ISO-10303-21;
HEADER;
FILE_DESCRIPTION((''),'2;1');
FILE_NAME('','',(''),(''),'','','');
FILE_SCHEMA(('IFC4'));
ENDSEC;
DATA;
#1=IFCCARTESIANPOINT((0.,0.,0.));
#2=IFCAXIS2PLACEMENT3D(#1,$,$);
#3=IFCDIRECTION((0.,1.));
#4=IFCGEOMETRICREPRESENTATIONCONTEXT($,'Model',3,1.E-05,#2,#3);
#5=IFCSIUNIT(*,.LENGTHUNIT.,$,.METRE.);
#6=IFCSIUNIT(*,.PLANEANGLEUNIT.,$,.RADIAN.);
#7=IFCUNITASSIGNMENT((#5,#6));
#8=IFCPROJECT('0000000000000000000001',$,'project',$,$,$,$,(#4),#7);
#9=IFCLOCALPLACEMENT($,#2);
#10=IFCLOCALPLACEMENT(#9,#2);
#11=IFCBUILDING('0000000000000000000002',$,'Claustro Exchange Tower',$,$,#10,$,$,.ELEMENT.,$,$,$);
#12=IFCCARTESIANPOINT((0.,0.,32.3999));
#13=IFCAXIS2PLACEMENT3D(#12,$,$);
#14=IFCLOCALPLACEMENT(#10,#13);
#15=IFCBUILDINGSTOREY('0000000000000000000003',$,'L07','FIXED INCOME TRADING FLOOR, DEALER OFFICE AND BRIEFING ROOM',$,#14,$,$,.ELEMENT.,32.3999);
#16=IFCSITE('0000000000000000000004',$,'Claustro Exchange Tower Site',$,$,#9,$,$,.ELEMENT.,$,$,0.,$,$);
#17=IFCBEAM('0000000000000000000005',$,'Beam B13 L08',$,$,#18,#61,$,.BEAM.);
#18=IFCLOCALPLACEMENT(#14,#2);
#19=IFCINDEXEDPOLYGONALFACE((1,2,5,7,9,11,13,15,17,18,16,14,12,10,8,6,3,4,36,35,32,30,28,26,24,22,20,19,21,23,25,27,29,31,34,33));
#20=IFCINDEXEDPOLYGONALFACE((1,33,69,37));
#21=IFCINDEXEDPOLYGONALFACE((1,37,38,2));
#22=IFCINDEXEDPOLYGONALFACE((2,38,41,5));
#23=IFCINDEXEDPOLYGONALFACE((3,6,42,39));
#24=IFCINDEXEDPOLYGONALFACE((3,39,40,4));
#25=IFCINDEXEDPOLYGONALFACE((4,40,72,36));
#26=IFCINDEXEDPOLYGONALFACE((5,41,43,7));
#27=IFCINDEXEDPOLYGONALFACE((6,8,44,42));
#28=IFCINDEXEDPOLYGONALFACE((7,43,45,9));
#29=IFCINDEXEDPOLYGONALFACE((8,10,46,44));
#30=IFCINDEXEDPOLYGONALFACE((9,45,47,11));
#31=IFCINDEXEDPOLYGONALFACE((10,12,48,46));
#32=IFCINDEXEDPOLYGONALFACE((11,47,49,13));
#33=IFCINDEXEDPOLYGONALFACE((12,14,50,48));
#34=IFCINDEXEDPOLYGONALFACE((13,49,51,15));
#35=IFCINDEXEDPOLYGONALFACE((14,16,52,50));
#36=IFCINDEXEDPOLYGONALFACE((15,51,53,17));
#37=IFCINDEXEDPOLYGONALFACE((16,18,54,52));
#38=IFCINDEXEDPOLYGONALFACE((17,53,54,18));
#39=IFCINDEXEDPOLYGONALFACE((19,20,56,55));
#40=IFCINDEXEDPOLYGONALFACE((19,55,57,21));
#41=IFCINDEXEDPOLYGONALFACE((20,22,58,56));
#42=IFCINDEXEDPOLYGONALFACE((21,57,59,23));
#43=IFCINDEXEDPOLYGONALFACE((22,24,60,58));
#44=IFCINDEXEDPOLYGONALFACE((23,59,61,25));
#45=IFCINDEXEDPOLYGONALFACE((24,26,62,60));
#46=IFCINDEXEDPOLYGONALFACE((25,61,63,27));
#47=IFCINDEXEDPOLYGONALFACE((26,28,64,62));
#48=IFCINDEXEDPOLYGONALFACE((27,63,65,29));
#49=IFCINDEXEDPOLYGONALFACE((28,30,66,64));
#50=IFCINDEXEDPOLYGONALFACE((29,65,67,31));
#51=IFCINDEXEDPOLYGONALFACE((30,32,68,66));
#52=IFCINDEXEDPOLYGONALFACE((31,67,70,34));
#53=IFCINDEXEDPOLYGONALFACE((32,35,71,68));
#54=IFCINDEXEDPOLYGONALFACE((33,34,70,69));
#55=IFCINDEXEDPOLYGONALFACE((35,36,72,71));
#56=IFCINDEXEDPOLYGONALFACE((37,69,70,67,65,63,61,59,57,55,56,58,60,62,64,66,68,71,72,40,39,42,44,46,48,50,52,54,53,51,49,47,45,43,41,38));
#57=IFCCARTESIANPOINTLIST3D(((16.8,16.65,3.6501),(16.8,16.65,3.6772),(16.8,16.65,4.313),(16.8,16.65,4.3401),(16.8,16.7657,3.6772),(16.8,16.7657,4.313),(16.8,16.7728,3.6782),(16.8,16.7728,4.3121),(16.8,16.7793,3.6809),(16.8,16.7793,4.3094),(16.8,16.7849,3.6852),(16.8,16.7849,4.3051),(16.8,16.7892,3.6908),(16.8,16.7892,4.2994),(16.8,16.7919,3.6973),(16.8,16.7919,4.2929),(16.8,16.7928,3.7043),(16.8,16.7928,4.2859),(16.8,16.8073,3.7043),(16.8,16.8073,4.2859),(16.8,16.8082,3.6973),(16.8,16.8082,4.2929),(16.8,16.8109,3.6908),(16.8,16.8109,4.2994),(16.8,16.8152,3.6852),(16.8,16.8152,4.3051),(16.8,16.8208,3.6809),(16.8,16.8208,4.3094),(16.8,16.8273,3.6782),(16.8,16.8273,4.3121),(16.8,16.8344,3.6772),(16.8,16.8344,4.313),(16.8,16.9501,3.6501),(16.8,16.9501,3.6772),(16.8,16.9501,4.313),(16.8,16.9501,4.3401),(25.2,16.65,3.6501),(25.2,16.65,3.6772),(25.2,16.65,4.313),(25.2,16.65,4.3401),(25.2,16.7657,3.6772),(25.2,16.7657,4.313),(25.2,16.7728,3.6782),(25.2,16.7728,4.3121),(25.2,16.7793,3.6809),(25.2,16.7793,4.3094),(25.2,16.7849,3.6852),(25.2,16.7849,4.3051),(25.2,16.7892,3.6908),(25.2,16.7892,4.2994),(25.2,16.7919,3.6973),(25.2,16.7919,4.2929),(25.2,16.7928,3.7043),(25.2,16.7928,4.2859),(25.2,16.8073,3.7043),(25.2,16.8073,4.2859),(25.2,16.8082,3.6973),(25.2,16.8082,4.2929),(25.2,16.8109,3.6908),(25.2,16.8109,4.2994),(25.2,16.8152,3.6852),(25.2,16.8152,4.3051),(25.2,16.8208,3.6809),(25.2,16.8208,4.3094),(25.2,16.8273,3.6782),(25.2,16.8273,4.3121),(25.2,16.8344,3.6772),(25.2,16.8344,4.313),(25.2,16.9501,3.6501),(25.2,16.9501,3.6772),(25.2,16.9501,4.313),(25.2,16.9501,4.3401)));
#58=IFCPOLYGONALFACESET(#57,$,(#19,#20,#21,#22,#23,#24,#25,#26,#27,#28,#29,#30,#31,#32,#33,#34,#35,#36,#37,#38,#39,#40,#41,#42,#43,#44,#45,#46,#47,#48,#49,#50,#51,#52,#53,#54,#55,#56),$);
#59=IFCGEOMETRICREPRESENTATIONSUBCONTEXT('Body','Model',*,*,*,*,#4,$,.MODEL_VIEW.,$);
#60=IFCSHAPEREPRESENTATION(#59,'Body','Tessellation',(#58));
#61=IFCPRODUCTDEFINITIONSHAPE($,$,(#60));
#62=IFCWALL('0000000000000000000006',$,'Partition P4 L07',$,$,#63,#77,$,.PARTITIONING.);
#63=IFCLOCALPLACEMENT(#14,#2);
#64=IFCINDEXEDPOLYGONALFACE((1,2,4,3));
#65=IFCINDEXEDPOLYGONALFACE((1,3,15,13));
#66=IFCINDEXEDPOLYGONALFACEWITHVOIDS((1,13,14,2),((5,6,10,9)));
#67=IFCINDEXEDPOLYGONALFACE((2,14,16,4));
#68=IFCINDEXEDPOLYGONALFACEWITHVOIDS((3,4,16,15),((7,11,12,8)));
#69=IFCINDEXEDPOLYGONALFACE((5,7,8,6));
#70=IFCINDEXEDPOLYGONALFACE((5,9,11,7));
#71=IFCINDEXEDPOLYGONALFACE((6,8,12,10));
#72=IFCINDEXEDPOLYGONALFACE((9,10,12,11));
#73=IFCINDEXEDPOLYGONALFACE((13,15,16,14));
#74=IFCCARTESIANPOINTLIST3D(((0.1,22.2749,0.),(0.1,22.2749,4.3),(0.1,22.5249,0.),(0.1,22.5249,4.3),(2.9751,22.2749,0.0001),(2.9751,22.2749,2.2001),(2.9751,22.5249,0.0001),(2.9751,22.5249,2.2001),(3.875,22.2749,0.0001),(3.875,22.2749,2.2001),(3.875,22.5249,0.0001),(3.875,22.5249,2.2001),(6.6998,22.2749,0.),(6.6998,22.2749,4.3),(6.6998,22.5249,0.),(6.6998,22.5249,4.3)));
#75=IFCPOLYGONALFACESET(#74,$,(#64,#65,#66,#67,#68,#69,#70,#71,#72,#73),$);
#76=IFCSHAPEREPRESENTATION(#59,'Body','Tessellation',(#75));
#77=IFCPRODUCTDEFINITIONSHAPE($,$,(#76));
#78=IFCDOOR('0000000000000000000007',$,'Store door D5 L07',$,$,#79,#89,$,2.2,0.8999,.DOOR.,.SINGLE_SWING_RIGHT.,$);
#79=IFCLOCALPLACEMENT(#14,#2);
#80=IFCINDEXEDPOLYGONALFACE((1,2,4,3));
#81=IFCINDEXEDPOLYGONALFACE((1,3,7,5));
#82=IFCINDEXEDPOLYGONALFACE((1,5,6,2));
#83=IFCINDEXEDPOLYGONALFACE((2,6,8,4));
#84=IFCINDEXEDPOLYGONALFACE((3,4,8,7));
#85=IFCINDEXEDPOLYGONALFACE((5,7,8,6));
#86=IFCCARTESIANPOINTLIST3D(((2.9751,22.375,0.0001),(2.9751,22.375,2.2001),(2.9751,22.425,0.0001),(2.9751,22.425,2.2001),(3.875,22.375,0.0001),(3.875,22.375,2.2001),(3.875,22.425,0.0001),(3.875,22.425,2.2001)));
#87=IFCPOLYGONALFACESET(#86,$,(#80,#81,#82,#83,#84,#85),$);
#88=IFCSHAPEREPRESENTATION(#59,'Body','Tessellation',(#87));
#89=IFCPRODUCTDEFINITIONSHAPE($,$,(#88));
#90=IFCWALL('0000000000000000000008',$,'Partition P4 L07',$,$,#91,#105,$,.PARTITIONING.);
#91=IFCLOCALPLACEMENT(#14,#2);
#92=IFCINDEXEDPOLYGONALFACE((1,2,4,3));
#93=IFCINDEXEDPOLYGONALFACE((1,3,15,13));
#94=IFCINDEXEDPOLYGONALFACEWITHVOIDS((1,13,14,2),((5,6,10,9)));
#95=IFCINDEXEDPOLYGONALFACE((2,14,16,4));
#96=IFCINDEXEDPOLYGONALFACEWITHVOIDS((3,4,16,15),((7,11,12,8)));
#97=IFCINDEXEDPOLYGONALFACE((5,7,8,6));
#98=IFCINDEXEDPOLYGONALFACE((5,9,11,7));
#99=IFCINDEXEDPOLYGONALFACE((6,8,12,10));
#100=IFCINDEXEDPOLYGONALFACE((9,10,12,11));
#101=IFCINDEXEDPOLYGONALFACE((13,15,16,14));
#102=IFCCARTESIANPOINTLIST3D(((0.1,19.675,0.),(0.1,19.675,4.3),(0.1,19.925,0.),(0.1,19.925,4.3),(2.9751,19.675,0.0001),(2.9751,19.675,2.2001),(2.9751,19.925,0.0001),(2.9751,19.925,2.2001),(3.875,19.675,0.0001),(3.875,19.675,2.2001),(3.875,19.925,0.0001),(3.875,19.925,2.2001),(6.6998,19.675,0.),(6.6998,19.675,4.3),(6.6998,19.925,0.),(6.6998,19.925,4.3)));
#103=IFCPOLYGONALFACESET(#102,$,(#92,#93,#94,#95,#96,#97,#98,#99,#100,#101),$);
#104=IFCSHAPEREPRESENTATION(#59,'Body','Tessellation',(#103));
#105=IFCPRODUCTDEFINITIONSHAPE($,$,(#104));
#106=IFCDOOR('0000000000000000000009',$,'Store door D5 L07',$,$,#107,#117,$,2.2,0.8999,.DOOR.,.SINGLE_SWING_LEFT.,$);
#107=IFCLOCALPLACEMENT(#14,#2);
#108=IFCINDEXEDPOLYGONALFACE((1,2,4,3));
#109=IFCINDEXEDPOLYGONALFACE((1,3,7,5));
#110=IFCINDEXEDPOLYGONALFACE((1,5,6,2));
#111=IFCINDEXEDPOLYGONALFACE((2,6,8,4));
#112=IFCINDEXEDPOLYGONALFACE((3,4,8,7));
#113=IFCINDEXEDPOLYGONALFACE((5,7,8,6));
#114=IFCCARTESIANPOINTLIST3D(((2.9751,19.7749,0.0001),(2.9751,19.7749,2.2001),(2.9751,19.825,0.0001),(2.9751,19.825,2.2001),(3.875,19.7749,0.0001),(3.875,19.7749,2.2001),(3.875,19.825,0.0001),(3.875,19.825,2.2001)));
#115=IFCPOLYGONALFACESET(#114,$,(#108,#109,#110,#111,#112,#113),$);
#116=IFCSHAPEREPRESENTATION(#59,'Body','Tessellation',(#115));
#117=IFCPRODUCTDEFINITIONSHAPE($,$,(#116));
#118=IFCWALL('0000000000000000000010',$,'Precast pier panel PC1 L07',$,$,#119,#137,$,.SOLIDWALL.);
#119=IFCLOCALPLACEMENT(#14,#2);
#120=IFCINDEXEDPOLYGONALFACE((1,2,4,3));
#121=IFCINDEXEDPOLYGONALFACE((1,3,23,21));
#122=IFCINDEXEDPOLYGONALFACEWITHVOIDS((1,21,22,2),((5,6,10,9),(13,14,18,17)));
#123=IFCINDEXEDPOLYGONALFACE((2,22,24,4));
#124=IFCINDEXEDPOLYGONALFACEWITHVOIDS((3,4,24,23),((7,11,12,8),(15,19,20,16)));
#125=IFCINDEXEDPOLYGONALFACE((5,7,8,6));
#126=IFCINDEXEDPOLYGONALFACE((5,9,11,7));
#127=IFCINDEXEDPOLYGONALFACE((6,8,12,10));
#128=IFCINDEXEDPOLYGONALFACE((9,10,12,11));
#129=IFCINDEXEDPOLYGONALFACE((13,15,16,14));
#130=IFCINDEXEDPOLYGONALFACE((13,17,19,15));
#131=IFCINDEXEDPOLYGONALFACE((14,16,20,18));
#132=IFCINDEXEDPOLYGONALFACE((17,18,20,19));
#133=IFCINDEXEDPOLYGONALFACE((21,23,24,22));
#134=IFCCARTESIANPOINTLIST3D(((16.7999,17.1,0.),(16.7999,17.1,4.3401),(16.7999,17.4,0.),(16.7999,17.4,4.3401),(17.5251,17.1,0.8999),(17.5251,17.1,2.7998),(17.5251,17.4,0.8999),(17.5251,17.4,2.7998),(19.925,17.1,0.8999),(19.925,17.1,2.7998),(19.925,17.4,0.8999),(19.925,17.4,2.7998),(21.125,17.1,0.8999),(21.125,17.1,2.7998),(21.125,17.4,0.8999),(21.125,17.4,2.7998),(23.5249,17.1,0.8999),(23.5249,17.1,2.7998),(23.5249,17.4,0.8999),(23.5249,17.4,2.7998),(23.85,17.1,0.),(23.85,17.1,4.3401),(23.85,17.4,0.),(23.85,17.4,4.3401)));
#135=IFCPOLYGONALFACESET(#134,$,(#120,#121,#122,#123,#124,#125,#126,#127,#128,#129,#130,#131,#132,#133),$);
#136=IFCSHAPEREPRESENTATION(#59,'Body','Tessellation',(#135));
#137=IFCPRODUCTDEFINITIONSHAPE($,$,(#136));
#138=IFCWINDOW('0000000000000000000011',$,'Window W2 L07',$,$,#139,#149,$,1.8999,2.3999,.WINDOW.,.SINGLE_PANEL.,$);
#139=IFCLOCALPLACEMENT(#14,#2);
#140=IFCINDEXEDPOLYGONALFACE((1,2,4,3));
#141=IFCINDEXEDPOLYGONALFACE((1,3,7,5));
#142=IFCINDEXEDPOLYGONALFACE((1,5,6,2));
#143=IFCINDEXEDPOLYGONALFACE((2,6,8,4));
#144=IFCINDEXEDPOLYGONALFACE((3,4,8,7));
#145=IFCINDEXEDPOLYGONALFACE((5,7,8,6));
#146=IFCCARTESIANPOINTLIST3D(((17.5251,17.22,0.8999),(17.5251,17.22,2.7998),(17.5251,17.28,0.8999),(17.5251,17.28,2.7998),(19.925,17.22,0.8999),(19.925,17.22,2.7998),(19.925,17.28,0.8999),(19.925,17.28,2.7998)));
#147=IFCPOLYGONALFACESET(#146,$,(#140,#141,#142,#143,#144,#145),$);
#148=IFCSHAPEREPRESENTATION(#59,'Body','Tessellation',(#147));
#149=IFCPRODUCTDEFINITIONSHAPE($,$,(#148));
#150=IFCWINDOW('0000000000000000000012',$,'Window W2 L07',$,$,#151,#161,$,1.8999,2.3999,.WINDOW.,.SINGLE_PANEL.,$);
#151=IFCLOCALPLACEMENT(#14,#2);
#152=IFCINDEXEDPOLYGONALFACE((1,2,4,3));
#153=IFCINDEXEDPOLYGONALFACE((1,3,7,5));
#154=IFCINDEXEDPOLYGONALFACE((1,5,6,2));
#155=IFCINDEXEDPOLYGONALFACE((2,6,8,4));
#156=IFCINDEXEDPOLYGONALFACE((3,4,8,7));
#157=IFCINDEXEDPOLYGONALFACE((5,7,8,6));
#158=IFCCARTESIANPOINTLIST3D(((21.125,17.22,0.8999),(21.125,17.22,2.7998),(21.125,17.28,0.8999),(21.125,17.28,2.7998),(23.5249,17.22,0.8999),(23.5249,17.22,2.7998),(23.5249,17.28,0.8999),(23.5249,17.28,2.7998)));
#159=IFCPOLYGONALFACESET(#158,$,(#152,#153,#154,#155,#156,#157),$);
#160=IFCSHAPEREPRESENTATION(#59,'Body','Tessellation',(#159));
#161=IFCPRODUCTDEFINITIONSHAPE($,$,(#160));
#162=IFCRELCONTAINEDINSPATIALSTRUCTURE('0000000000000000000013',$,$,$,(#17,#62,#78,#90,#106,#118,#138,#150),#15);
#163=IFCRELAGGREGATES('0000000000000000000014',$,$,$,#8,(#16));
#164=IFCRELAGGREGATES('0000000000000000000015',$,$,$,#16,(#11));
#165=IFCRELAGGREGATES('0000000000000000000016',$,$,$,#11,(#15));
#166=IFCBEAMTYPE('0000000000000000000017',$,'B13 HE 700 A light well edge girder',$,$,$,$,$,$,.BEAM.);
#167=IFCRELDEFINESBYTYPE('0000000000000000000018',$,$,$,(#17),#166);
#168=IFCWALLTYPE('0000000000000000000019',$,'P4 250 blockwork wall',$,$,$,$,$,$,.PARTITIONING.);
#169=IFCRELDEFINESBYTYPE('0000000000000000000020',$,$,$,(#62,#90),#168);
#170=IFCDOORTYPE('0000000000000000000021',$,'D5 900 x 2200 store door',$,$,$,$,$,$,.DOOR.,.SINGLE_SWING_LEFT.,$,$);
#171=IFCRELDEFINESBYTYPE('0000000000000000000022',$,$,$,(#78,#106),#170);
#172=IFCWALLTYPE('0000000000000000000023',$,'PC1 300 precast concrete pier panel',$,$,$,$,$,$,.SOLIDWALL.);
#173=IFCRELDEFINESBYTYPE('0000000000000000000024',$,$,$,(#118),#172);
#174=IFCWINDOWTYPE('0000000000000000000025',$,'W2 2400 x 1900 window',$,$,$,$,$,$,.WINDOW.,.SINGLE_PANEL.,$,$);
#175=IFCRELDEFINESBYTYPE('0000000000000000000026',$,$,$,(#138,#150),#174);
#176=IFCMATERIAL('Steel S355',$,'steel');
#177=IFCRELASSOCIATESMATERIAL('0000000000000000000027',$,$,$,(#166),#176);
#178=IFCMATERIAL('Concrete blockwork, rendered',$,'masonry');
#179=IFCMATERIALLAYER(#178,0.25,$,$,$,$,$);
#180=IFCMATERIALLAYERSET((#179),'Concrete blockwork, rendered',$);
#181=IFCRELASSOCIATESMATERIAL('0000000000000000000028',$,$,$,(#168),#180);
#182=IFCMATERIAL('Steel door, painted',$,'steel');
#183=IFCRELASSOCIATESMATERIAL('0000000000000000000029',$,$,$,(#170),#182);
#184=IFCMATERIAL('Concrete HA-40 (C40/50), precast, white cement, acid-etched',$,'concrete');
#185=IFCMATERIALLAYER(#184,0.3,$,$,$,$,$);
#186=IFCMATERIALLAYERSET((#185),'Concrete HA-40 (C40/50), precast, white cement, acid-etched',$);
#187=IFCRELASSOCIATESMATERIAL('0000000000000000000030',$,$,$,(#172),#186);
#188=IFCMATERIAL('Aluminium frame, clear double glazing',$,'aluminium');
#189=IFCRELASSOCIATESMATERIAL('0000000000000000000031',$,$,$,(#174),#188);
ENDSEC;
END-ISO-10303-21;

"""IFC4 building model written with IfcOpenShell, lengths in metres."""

from ifc_helpers import new_model, si_unit, direction, frame, frame_2d, origin, origin_2d, place, context, subcontext, project, spatial, rectangle, i_section, extrude, material, layer, layer_set, material_profile, profile_set, type_object, element, fill, save


model = new_model("IFC4")

# Units and contexts
model_context = context("Model", 3, precision=1e-05, world=origin(), true_north=direction((0.0, 1.0)))
body_context = subcontext(model_context, "Body", "Model", "MODEL_VIEW")
ifc_project = project(units=[si_unit("LENGTHUNIT", "METRE"), si_unit("PLANEANGLEUNIT", "RADIAN")], contexts=[model_context])

# Site, building, storey
site_placement = place(None, origin())
site = spatial("IfcSite", under=ifc_project, at=site_placement, Name="Claustro Exchange Tower Site", CompositionType="ELEMENT", RefElevation=0.0)
building_placement = place(site_placement, origin())
building = spatial("IfcBuilding", under=site, at=building_placement, Name="Claustro Exchange Tower", CompositionType="ELEMENT")
storey_placement = place(building_placement, frame((0.0, 0.0, 32.3999)))
storey = spatial("IfcBuildingStorey", under=building, at=storey_placement, Name="L07", Description="FIXED INCOME TRADING FLOOR, DEALER OFFICE AND BRIEFING ROOM", CompositionType="ELEMENT", Elevation=32.3999)

# Beam
ifc_material_1 = material(Name="Steel S355", Category="steel")
ifc_material_profile = material_profile(ifc_material_1, i_section(OverallWidth=0.3, OverallDepth=0.6899, WebThickness=0.0144, FlangeThickness=0.0271, FilletRadius=0.0271, at=origin_2d()), Name="HE 700 A")
ifc_profile_set = profile_set([ifc_material_profile], Name="Steel S355")
beam_type = type_object("IfcBeamType", Name="B13 HE 700 A light well edge girder", PredefinedType="BEAM", material=ifc_profile_set)
beam_placement = place(storey_placement, frame((16.8, 16.8, 3.9951), z_axis=(1.0, 0.0, 0.0), x_axis=(0.0, 1.0, 0.0)))
element("IfcBeam", 1, at=beam_placement, inside=storey, type_object=beam_type, Name="Beam B13 L08", PredefinedType="BEAM", context=body_context, shape_type="SweptSolid", body=[
    extrude(i_section(OverallWidth=0.3, OverallDepth=0.6899, WebThickness=0.0144, FlangeThickness=0.0271, FilletRadius=0.0271, at=origin_2d()), origin(), (0.0, 0.0, 1.0), 8.3999),
])

# Walls, openings, doors
ifc_material_2 = material(Name="Concrete blockwork, rendered", Category="masonry")
ifc_layer_1 = layer(ifc_material_2, 0.25)
ifc_layer_set_1 = layer_set([ifc_layer_1], Name="Concrete blockwork, rendered")
wall_type_1 = type_object("IfcWallType", Name="P4 250 blockwork wall", PredefinedType="PARTITIONING", material=ifc_layer_set_1)
wall_1_placement = place(storey_placement, frame((0.1001, 22.3999, 0.0), z_axis=(0.0, 0.0, 1.0), x_axis=(1.0, 0.0, 0.0)))
wall_1 = element("IfcWall", 2, at=wall_1_placement, inside=storey, type_object=wall_type_1, Name="Partition P4 L07", PredefinedType="PARTITIONING", context=body_context, shape_type="SweptSolid", body=[
    extrude(rectangle(XDim=6.5999, YDim=0.25, at=frame_2d((3.2998, 0.0))), origin(), (0.0, 0.0, 1.0), 4.3),
])
opening_1_placement = place(wall_1_placement, frame((2.875, 0.0, 0.0)))
opening_1 = element("IfcOpeningElement", 3, at=opening_1_placement, cuts=wall_1, PredefinedType="OPENING", context=body_context, shape_type="SweptSolid", body=[
    extrude(rectangle(XDim=0.8999, YDim=2.2, at=frame_2d((0.45, 1.1001))), frame((0.0, 0.135, 0.0), z_axis=(0.0, -1.0, 0.0), x_axis=(1.0, 0.0, 0.0)), (0.0, 0.0, 1.0), 0.27),
])
ifc_material_3 = material(Name="Steel door, painted", Category="steel")
door_type = type_object("IfcDoorType", Name="D5 900 x 2200 store door", OperationType="SINGLE_SWING_LEFT", PredefinedType="DOOR", material=ifc_material_3)
door_1_placement = place(opening_1_placement, frame((0.8999, 0.0, 0.0), z_axis=(0.0, 0.0, 1.0), x_axis=(-1.0, 0.0, 0.0)))
door_1 = element("IfcDoor", 4, at=door_1_placement, inside=storey, type_object=door_type, Name="Store door D5 L07", OperationType="SINGLE_SWING_RIGHT", OverallHeight=2.2, OverallWidth=0.8999, PredefinedType="DOOR", context=body_context, shape_type="SweptSolid", body=[
    extrude(rectangle(XDim=0.8999, YDim=2.2, at=frame_2d((0.45, 1.1001))), frame((0.0, 0.0249, 0.0), z_axis=(0.0, -1.0, 0.0), x_axis=(1.0, 0.0, 0.0)), (0.0, 0.0, 1.0), 0.05),
])
fill(opening_1, door_1)
wall_2_placement = place(storey_placement, frame((0.1001, 19.8, 0.0), z_axis=(0.0, 0.0, 1.0), x_axis=(1.0, 0.0, 0.0)))
wall_2 = element("IfcWall", 5, at=wall_2_placement, inside=storey, type_object=wall_type_1, Name="Partition P4 L07", PredefinedType="PARTITIONING", context=body_context, shape_type="SweptSolid", body=[
    extrude(rectangle(XDim=6.5999, YDim=0.25, at=frame_2d((3.2998, 0.0))), origin(), (0.0, 0.0, 1.0), 4.3),
])
opening_2_placement = place(wall_2_placement, frame((2.875, 0.0, 0.0)))
opening_2 = element("IfcOpeningElement", 6, at=opening_2_placement, cuts=wall_2, PredefinedType="OPENING", context=body_context, shape_type="SweptSolid", body=[
    extrude(rectangle(XDim=0.8999, YDim=2.2, at=frame_2d((0.45, 1.1001))), frame((0.0, 0.135, 0.0), z_axis=(0.0, -1.0, 0.0), x_axis=(1.0, 0.0, 0.0)), (0.0, 0.0, 1.0), 0.27),
])
door_2_placement = place(opening_2_placement, origin())
door_2 = element("IfcDoor", 7, at=door_2_placement, inside=storey, type_object=door_type, Name="Store door D5 L07", OperationType="SINGLE_SWING_LEFT", OverallHeight=2.2, OverallWidth=0.8999, PredefinedType="DOOR", context=body_context, shape_type="SweptSolid", body=[
    extrude(rectangle(XDim=0.8999, YDim=2.2, at=frame_2d((0.45, 1.1001))), frame((0.0, 0.0249, 0.0), z_axis=(0.0, -1.0, 0.0), x_axis=(1.0, 0.0, 0.0)), (0.0, 0.0, 1.0), 0.05),
])
fill(opening_2, door_2)

# Wall, openings, windows
ifc_material_4 = material(Name="Concrete HA-40 (C40/50), precast, white cement, acid-etched", Category="concrete")
ifc_layer_2 = layer(ifc_material_4, 0.3)
ifc_layer_set_2 = layer_set([ifc_layer_2], Name="Concrete HA-40 (C40/50), precast, white cement, acid-etched")
wall_type_2 = type_object("IfcWallType", Name="PC1 300 precast concrete pier panel", PredefinedType="SOLIDWALL", material=ifc_layer_set_2)
wall_3_placement = place(storey_placement, frame((16.8, 17.25, 0.0), z_axis=(0.0, 0.0, 1.0), x_axis=(1.0, 0.0, 0.0)))
wall_3 = element("IfcWall", 8, at=wall_3_placement, inside=storey, type_object=wall_type_2, Name="Precast pier panel PC1 L07", PredefinedType="SOLIDWALL", context=body_context, shape_type="SweptSolid", body=[
    extrude(rectangle(XDim=7.05, YDim=0.3, at=frame_2d((3.5249, 0.0))), origin(), (0.0, 0.0, 1.0), 4.3401),
])
opening_3_placement = place(wall_3_placement, frame((0.7251, 0.0, 0.8999)))
opening_3 = element("IfcOpeningElement", 9, at=opening_3_placement, cuts=wall_3, PredefinedType="OPENING", context=body_context, shape_type="SweptSolid", body=[
    extrude(rectangle(XDim=2.3999, YDim=1.8999, at=frame_2d((1.2, 0.95))), frame((0.0, 0.1599, 0.0), z_axis=(0.0, -1.0, 0.0), x_axis=(1.0, 0.0, 0.0)), (0.0, 0.0, 1.0), 0.3201),
])
opening_4_placement = place(wall_3_placement, frame((4.325, 0.0, 0.8999)))
opening_4 = element("IfcOpeningElement", 10, at=opening_4_placement, cuts=wall_3, PredefinedType="OPENING", context=body_context, shape_type="SweptSolid", body=[
    extrude(rectangle(XDim=2.3999, YDim=1.8999, at=frame_2d((1.2, 0.95))), frame((0.0, 0.1599, 0.0), z_axis=(0.0, -1.0, 0.0), x_axis=(1.0, 0.0, 0.0)), (0.0, 0.0, 1.0), 0.3201),
])
ifc_material_5 = material(Name="Aluminium frame, clear double glazing", Category="aluminium")
window_type = type_object("IfcWindowType", Name="W2 2400 x 1900 window", PartitioningType="SINGLE_PANEL", PredefinedType="WINDOW", material=ifc_material_5)
window_1_placement = place(opening_3_placement, origin())
window_1 = element("IfcWindow", 11, at=window_1_placement, inside=storey, type_object=window_type, Name="Window W2 L07", OverallHeight=1.8999, OverallWidth=2.3999, PartitioningType="SINGLE_PANEL", PredefinedType="WINDOW", context=body_context, shape_type="SweptSolid", body=[
    extrude(rectangle(XDim=2.3999, YDim=1.8999, at=frame_2d((1.2, 0.95))), frame((0.0, 0.03, 0.0), z_axis=(0.0, -1.0, 0.0), x_axis=(1.0, 0.0, 0.0)), (0.0, 0.0, 1.0), 0.0601),
])
fill(opening_3, window_1)
window_2_placement = place(opening_4_placement, origin())
window_2 = element("IfcWindow", 12, at=window_2_placement, inside=storey, type_object=window_type, Name="Window W2 L07", OverallHeight=1.8999, OverallWidth=2.3999, PartitioningType="SINGLE_PANEL", PredefinedType="WINDOW", context=body_context, shape_type="SweptSolid", body=[
    extrude(rectangle(XDim=2.3999, YDim=1.8999, at=frame_2d((1.2, 0.95))), frame((0.0, 0.03, 0.0), z_axis=(0.0, -1.0, 0.0), x_axis=(1.0, 0.0, 0.0)), (0.0, 0.0, 1.0), 0.0601),
])
fill(opening_4, window_2)

save(model, "model.ifc")
